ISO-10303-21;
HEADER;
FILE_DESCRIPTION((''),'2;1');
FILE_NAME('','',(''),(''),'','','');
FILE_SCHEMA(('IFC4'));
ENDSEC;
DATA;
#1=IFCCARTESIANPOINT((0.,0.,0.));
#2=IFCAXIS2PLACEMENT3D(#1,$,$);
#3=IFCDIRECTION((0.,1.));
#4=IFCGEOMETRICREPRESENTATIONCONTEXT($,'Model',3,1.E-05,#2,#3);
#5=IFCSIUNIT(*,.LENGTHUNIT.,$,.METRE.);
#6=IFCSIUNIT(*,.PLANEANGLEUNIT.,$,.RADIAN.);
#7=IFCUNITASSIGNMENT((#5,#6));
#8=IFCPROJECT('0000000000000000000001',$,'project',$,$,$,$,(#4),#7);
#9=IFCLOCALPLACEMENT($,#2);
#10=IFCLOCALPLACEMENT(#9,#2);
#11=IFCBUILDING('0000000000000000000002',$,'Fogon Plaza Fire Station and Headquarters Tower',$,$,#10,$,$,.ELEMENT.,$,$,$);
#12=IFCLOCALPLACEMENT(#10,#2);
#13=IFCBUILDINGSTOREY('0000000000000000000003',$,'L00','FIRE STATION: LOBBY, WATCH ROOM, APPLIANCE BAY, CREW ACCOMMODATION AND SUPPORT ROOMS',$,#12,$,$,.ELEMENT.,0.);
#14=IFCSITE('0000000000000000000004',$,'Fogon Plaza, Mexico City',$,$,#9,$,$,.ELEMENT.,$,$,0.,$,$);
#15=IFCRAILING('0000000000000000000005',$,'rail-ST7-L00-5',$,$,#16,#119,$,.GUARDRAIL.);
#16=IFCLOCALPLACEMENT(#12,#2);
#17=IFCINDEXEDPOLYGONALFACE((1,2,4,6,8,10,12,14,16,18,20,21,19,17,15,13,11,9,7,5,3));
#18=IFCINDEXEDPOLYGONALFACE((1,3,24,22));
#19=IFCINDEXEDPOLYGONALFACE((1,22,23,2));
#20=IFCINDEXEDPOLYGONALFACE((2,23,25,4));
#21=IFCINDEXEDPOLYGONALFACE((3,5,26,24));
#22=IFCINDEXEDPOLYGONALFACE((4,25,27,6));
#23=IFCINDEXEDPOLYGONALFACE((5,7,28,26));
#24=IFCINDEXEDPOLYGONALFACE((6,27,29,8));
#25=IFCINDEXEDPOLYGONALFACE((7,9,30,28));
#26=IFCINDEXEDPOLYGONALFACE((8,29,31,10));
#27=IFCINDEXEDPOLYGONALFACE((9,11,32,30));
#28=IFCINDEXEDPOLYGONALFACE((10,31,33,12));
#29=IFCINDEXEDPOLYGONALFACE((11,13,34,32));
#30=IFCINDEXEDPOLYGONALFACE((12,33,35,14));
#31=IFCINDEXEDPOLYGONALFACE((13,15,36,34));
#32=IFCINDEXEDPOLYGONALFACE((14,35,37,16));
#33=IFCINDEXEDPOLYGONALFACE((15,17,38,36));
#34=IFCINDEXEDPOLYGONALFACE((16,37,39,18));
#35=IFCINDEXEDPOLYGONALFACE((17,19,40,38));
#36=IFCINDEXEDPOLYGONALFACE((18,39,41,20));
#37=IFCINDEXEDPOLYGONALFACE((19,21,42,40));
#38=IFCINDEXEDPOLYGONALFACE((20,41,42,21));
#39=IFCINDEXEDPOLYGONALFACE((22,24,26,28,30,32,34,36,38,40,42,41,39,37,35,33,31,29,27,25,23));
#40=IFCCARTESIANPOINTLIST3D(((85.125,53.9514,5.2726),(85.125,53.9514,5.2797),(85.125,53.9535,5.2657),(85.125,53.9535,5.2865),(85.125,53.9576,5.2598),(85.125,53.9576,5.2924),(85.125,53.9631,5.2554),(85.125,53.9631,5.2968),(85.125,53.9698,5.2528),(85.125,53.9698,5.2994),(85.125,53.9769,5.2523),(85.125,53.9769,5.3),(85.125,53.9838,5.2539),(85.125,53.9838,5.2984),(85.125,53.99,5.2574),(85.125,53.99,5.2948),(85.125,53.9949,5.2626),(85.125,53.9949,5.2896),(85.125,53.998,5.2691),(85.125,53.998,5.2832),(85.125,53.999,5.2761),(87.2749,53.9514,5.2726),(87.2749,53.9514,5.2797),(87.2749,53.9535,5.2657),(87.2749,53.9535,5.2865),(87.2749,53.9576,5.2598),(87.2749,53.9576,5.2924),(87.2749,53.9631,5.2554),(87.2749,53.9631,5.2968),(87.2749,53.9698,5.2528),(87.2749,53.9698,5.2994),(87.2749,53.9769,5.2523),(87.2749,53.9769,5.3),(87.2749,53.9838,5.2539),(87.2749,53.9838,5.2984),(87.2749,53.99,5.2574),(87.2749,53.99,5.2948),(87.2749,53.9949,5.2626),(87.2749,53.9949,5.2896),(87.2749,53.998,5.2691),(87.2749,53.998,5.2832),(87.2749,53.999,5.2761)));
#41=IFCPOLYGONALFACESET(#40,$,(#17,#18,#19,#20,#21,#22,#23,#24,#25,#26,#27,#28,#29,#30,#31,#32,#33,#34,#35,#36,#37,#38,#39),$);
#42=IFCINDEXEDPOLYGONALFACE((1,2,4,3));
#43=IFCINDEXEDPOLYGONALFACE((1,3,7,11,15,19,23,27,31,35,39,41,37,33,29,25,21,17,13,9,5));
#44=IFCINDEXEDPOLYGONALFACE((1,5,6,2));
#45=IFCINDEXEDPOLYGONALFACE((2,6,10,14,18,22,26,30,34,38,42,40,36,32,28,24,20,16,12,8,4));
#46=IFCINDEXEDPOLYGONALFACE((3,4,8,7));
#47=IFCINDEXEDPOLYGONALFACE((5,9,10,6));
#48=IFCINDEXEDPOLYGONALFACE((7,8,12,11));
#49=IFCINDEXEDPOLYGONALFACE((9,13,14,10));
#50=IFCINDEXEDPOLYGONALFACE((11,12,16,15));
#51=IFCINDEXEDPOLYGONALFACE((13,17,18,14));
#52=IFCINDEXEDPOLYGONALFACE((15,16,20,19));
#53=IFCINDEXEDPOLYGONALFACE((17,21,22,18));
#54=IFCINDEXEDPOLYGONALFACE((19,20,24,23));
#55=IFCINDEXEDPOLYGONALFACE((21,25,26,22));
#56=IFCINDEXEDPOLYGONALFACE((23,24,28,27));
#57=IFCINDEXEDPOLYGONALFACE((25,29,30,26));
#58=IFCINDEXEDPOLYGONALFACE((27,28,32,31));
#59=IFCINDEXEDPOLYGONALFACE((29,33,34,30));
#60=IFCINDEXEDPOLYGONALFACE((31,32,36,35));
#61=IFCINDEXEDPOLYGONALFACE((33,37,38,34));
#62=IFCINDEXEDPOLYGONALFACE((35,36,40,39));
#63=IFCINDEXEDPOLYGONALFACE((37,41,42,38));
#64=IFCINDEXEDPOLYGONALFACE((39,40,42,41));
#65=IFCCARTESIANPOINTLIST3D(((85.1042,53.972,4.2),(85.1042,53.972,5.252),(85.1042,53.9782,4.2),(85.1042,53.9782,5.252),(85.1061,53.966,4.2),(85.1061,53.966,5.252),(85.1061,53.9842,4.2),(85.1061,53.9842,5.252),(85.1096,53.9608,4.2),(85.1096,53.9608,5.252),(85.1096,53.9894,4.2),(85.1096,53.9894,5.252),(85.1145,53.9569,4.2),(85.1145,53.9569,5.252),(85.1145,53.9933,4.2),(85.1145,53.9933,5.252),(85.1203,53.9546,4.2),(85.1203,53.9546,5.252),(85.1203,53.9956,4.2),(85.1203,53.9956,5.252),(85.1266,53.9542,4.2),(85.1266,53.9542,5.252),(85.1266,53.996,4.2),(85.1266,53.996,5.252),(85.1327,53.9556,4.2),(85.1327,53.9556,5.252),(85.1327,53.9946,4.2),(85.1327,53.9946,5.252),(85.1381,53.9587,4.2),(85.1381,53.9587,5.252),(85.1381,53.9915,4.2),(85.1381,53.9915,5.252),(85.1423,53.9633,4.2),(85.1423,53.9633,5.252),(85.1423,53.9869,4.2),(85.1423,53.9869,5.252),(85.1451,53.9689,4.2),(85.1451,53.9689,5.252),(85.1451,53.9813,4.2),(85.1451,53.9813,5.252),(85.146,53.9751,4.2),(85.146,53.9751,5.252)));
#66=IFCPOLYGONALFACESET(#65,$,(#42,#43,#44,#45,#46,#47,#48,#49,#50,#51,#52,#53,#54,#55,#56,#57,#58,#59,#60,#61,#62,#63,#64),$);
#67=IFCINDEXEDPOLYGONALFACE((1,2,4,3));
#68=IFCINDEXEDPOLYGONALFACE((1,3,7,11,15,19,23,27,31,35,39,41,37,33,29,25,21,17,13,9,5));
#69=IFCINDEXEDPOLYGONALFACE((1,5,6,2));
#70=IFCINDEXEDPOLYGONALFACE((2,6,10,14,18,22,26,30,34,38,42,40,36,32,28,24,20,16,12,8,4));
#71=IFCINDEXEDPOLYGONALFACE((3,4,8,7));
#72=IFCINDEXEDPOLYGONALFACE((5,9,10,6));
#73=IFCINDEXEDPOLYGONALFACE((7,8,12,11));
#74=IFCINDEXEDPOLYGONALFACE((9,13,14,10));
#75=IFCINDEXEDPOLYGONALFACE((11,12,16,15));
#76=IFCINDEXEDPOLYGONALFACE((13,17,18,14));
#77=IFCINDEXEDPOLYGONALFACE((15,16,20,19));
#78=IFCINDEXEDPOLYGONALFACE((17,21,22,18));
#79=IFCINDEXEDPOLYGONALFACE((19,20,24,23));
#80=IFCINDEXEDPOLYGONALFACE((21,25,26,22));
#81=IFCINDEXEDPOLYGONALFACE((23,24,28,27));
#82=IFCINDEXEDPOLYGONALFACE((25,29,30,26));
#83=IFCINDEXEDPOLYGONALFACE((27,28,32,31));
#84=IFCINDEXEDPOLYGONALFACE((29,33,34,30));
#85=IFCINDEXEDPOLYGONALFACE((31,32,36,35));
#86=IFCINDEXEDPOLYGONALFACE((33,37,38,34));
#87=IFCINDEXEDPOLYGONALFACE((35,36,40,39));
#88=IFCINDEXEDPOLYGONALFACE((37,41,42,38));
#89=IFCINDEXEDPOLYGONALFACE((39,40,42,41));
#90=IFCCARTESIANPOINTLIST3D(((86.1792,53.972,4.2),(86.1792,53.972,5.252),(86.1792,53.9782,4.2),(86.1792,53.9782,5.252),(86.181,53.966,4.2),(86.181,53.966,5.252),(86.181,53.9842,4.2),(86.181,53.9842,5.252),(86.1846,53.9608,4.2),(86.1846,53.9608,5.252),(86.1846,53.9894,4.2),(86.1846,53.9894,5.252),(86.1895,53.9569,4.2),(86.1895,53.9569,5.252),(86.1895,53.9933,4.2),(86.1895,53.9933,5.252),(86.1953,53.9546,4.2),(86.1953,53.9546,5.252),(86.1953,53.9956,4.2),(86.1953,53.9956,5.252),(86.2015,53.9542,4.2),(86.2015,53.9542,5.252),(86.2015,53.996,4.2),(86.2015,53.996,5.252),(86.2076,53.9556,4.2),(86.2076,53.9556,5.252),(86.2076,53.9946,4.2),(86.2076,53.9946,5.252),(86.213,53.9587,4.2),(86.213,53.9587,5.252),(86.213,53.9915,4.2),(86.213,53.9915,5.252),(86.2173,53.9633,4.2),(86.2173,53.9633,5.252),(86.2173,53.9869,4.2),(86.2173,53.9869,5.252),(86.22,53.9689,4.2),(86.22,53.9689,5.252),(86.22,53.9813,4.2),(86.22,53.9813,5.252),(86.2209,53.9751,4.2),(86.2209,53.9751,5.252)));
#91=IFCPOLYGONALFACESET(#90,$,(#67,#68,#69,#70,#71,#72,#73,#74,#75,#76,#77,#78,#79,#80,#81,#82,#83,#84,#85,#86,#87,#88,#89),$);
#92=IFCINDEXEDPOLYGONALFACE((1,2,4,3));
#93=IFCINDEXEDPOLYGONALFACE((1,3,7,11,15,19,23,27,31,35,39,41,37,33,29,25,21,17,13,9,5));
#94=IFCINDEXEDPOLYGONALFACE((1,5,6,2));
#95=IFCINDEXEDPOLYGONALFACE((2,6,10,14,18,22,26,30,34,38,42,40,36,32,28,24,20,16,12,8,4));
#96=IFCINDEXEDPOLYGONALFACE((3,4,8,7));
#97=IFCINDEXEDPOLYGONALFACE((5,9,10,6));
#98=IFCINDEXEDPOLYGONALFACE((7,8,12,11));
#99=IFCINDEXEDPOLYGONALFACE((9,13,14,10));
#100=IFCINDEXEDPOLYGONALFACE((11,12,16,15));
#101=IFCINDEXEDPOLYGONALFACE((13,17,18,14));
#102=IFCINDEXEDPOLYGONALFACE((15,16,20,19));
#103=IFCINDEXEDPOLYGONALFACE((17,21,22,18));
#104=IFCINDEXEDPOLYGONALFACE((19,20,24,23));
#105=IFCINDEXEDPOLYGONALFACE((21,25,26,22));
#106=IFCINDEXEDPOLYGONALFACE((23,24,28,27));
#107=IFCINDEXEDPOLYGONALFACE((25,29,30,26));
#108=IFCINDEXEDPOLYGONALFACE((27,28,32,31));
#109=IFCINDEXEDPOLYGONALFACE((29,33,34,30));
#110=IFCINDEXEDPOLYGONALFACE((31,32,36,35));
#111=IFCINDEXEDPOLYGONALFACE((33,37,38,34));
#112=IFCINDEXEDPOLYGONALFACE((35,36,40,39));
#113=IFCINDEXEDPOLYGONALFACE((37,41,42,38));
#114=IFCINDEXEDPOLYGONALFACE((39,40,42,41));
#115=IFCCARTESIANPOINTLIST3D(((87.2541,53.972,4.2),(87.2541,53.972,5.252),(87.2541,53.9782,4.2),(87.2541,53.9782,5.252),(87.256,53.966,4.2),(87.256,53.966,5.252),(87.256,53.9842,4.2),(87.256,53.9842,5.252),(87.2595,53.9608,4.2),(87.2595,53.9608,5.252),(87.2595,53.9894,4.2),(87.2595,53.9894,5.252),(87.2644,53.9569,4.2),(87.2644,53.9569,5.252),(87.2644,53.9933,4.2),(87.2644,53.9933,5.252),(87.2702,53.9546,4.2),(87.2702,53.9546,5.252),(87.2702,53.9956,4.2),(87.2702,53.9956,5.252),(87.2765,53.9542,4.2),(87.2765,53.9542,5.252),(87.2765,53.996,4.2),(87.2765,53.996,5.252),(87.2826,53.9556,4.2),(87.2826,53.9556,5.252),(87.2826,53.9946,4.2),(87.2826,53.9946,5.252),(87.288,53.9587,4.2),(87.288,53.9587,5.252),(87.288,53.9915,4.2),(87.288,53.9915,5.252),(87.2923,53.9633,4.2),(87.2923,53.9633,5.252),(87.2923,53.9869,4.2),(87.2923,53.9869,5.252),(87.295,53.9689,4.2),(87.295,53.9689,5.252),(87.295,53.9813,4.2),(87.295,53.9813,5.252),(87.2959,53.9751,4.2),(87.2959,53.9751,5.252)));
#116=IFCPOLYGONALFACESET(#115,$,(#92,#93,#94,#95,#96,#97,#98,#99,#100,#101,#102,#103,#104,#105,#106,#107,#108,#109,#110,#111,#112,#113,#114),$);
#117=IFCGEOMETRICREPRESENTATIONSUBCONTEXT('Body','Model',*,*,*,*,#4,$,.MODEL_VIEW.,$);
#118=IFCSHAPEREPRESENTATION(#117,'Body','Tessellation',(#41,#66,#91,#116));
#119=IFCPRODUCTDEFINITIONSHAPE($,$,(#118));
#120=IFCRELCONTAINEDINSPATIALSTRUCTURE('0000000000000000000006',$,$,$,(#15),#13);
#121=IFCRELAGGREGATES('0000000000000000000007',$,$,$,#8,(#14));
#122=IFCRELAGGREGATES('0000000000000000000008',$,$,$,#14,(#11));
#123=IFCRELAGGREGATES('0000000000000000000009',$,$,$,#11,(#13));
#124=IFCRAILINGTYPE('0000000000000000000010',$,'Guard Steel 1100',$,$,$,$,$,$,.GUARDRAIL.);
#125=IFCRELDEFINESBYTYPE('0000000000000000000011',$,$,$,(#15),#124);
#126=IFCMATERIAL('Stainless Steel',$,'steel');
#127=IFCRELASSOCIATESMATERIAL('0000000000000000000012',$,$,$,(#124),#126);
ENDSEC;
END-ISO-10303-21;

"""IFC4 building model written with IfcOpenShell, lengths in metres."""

from ifc_helpers import new_model, si_unit, direction, frame, origin, origin_2d, place, context, subcontext, project, spatial, circle, extrude, material, type_object, element, save


model = new_model("IFC4")

# Units and contexts
model_context = context("Model", 3, precision=1e-05, world=origin(), true_north=direction((0.0, 1.0)))
body_context = subcontext(model_context, "Body", "Model", "MODEL_VIEW")
ifc_project = project(units=[si_unit("LENGTHUNIT", "METRE"), si_unit("PLANEANGLEUNIT", "RADIAN")], contexts=[model_context])

# Site, building, storey
site_placement = place(None, origin())
site = spatial("IfcSite", under=ifc_project, at=site_placement, Name="Fogon Plaza, Mexico City", CompositionType="ELEMENT", RefElevation=0.0)
building_placement = place(site_placement, origin())
building = spatial("IfcBuilding", under=site, at=building_placement, Name="Fogon Plaza Fire Station and Headquarters Tower", CompositionType="ELEMENT")
storey_placement = place(building_placement, origin())
storey = spatial("IfcBuildingStorey", under=building, at=storey_placement, Name="L00", Description="FIRE STATION: LOBBY, WATCH ROOM, APPLIANCE BAY, CREW ACCOMMODATION AND SUPPORT ROOMS", CompositionType="ELEMENT", Elevation=0.0)

# Railing
ifc_material_1 = material(Name="Stainless Steel", Category="steel")
railing_type_1 = type_object("IfcRailingType", Name="Guard Steel 1100", PredefinedType="GUARDRAIL", material=ifc_material_1)
railing_placement = place(storey_placement, frame((85.125, 53.9751, 4.2)))
element("IfcRailing", 1, at=railing_placement, inside=storey, type_object=railing_type_1, Name="rail-ST7-L00-5", PredefinedType="GUARDRAIL", context=body_context, shape_type="SweptSolid", body=[
    extrude(circle(Radius=0.0239, at=origin_2d()), frame((0.0, 0.0, 1.0762), z_axis=(1.0, 0.0, 0.0), x_axis=(0.0, 1.0, 0.0)), (0.0, 0.0, 1.0), 2.1499),
    extrude(circle(Radius=0.021, at=origin_2d()), origin(), (0.0, 0.0, 1.0), 1.052),
    extrude(circle(Radius=0.021, at=origin_2d()), frame((1.075, 0.0, 0.0)), (0.0, 0.0, 1.0), 1.052),
    extrude(circle(Radius=0.021, at=origin_2d()), frame((2.1499, 0.0, 0.0)), (0.0, 0.0, 1.0), 1.052),
])

save(model, "model.ifc")
